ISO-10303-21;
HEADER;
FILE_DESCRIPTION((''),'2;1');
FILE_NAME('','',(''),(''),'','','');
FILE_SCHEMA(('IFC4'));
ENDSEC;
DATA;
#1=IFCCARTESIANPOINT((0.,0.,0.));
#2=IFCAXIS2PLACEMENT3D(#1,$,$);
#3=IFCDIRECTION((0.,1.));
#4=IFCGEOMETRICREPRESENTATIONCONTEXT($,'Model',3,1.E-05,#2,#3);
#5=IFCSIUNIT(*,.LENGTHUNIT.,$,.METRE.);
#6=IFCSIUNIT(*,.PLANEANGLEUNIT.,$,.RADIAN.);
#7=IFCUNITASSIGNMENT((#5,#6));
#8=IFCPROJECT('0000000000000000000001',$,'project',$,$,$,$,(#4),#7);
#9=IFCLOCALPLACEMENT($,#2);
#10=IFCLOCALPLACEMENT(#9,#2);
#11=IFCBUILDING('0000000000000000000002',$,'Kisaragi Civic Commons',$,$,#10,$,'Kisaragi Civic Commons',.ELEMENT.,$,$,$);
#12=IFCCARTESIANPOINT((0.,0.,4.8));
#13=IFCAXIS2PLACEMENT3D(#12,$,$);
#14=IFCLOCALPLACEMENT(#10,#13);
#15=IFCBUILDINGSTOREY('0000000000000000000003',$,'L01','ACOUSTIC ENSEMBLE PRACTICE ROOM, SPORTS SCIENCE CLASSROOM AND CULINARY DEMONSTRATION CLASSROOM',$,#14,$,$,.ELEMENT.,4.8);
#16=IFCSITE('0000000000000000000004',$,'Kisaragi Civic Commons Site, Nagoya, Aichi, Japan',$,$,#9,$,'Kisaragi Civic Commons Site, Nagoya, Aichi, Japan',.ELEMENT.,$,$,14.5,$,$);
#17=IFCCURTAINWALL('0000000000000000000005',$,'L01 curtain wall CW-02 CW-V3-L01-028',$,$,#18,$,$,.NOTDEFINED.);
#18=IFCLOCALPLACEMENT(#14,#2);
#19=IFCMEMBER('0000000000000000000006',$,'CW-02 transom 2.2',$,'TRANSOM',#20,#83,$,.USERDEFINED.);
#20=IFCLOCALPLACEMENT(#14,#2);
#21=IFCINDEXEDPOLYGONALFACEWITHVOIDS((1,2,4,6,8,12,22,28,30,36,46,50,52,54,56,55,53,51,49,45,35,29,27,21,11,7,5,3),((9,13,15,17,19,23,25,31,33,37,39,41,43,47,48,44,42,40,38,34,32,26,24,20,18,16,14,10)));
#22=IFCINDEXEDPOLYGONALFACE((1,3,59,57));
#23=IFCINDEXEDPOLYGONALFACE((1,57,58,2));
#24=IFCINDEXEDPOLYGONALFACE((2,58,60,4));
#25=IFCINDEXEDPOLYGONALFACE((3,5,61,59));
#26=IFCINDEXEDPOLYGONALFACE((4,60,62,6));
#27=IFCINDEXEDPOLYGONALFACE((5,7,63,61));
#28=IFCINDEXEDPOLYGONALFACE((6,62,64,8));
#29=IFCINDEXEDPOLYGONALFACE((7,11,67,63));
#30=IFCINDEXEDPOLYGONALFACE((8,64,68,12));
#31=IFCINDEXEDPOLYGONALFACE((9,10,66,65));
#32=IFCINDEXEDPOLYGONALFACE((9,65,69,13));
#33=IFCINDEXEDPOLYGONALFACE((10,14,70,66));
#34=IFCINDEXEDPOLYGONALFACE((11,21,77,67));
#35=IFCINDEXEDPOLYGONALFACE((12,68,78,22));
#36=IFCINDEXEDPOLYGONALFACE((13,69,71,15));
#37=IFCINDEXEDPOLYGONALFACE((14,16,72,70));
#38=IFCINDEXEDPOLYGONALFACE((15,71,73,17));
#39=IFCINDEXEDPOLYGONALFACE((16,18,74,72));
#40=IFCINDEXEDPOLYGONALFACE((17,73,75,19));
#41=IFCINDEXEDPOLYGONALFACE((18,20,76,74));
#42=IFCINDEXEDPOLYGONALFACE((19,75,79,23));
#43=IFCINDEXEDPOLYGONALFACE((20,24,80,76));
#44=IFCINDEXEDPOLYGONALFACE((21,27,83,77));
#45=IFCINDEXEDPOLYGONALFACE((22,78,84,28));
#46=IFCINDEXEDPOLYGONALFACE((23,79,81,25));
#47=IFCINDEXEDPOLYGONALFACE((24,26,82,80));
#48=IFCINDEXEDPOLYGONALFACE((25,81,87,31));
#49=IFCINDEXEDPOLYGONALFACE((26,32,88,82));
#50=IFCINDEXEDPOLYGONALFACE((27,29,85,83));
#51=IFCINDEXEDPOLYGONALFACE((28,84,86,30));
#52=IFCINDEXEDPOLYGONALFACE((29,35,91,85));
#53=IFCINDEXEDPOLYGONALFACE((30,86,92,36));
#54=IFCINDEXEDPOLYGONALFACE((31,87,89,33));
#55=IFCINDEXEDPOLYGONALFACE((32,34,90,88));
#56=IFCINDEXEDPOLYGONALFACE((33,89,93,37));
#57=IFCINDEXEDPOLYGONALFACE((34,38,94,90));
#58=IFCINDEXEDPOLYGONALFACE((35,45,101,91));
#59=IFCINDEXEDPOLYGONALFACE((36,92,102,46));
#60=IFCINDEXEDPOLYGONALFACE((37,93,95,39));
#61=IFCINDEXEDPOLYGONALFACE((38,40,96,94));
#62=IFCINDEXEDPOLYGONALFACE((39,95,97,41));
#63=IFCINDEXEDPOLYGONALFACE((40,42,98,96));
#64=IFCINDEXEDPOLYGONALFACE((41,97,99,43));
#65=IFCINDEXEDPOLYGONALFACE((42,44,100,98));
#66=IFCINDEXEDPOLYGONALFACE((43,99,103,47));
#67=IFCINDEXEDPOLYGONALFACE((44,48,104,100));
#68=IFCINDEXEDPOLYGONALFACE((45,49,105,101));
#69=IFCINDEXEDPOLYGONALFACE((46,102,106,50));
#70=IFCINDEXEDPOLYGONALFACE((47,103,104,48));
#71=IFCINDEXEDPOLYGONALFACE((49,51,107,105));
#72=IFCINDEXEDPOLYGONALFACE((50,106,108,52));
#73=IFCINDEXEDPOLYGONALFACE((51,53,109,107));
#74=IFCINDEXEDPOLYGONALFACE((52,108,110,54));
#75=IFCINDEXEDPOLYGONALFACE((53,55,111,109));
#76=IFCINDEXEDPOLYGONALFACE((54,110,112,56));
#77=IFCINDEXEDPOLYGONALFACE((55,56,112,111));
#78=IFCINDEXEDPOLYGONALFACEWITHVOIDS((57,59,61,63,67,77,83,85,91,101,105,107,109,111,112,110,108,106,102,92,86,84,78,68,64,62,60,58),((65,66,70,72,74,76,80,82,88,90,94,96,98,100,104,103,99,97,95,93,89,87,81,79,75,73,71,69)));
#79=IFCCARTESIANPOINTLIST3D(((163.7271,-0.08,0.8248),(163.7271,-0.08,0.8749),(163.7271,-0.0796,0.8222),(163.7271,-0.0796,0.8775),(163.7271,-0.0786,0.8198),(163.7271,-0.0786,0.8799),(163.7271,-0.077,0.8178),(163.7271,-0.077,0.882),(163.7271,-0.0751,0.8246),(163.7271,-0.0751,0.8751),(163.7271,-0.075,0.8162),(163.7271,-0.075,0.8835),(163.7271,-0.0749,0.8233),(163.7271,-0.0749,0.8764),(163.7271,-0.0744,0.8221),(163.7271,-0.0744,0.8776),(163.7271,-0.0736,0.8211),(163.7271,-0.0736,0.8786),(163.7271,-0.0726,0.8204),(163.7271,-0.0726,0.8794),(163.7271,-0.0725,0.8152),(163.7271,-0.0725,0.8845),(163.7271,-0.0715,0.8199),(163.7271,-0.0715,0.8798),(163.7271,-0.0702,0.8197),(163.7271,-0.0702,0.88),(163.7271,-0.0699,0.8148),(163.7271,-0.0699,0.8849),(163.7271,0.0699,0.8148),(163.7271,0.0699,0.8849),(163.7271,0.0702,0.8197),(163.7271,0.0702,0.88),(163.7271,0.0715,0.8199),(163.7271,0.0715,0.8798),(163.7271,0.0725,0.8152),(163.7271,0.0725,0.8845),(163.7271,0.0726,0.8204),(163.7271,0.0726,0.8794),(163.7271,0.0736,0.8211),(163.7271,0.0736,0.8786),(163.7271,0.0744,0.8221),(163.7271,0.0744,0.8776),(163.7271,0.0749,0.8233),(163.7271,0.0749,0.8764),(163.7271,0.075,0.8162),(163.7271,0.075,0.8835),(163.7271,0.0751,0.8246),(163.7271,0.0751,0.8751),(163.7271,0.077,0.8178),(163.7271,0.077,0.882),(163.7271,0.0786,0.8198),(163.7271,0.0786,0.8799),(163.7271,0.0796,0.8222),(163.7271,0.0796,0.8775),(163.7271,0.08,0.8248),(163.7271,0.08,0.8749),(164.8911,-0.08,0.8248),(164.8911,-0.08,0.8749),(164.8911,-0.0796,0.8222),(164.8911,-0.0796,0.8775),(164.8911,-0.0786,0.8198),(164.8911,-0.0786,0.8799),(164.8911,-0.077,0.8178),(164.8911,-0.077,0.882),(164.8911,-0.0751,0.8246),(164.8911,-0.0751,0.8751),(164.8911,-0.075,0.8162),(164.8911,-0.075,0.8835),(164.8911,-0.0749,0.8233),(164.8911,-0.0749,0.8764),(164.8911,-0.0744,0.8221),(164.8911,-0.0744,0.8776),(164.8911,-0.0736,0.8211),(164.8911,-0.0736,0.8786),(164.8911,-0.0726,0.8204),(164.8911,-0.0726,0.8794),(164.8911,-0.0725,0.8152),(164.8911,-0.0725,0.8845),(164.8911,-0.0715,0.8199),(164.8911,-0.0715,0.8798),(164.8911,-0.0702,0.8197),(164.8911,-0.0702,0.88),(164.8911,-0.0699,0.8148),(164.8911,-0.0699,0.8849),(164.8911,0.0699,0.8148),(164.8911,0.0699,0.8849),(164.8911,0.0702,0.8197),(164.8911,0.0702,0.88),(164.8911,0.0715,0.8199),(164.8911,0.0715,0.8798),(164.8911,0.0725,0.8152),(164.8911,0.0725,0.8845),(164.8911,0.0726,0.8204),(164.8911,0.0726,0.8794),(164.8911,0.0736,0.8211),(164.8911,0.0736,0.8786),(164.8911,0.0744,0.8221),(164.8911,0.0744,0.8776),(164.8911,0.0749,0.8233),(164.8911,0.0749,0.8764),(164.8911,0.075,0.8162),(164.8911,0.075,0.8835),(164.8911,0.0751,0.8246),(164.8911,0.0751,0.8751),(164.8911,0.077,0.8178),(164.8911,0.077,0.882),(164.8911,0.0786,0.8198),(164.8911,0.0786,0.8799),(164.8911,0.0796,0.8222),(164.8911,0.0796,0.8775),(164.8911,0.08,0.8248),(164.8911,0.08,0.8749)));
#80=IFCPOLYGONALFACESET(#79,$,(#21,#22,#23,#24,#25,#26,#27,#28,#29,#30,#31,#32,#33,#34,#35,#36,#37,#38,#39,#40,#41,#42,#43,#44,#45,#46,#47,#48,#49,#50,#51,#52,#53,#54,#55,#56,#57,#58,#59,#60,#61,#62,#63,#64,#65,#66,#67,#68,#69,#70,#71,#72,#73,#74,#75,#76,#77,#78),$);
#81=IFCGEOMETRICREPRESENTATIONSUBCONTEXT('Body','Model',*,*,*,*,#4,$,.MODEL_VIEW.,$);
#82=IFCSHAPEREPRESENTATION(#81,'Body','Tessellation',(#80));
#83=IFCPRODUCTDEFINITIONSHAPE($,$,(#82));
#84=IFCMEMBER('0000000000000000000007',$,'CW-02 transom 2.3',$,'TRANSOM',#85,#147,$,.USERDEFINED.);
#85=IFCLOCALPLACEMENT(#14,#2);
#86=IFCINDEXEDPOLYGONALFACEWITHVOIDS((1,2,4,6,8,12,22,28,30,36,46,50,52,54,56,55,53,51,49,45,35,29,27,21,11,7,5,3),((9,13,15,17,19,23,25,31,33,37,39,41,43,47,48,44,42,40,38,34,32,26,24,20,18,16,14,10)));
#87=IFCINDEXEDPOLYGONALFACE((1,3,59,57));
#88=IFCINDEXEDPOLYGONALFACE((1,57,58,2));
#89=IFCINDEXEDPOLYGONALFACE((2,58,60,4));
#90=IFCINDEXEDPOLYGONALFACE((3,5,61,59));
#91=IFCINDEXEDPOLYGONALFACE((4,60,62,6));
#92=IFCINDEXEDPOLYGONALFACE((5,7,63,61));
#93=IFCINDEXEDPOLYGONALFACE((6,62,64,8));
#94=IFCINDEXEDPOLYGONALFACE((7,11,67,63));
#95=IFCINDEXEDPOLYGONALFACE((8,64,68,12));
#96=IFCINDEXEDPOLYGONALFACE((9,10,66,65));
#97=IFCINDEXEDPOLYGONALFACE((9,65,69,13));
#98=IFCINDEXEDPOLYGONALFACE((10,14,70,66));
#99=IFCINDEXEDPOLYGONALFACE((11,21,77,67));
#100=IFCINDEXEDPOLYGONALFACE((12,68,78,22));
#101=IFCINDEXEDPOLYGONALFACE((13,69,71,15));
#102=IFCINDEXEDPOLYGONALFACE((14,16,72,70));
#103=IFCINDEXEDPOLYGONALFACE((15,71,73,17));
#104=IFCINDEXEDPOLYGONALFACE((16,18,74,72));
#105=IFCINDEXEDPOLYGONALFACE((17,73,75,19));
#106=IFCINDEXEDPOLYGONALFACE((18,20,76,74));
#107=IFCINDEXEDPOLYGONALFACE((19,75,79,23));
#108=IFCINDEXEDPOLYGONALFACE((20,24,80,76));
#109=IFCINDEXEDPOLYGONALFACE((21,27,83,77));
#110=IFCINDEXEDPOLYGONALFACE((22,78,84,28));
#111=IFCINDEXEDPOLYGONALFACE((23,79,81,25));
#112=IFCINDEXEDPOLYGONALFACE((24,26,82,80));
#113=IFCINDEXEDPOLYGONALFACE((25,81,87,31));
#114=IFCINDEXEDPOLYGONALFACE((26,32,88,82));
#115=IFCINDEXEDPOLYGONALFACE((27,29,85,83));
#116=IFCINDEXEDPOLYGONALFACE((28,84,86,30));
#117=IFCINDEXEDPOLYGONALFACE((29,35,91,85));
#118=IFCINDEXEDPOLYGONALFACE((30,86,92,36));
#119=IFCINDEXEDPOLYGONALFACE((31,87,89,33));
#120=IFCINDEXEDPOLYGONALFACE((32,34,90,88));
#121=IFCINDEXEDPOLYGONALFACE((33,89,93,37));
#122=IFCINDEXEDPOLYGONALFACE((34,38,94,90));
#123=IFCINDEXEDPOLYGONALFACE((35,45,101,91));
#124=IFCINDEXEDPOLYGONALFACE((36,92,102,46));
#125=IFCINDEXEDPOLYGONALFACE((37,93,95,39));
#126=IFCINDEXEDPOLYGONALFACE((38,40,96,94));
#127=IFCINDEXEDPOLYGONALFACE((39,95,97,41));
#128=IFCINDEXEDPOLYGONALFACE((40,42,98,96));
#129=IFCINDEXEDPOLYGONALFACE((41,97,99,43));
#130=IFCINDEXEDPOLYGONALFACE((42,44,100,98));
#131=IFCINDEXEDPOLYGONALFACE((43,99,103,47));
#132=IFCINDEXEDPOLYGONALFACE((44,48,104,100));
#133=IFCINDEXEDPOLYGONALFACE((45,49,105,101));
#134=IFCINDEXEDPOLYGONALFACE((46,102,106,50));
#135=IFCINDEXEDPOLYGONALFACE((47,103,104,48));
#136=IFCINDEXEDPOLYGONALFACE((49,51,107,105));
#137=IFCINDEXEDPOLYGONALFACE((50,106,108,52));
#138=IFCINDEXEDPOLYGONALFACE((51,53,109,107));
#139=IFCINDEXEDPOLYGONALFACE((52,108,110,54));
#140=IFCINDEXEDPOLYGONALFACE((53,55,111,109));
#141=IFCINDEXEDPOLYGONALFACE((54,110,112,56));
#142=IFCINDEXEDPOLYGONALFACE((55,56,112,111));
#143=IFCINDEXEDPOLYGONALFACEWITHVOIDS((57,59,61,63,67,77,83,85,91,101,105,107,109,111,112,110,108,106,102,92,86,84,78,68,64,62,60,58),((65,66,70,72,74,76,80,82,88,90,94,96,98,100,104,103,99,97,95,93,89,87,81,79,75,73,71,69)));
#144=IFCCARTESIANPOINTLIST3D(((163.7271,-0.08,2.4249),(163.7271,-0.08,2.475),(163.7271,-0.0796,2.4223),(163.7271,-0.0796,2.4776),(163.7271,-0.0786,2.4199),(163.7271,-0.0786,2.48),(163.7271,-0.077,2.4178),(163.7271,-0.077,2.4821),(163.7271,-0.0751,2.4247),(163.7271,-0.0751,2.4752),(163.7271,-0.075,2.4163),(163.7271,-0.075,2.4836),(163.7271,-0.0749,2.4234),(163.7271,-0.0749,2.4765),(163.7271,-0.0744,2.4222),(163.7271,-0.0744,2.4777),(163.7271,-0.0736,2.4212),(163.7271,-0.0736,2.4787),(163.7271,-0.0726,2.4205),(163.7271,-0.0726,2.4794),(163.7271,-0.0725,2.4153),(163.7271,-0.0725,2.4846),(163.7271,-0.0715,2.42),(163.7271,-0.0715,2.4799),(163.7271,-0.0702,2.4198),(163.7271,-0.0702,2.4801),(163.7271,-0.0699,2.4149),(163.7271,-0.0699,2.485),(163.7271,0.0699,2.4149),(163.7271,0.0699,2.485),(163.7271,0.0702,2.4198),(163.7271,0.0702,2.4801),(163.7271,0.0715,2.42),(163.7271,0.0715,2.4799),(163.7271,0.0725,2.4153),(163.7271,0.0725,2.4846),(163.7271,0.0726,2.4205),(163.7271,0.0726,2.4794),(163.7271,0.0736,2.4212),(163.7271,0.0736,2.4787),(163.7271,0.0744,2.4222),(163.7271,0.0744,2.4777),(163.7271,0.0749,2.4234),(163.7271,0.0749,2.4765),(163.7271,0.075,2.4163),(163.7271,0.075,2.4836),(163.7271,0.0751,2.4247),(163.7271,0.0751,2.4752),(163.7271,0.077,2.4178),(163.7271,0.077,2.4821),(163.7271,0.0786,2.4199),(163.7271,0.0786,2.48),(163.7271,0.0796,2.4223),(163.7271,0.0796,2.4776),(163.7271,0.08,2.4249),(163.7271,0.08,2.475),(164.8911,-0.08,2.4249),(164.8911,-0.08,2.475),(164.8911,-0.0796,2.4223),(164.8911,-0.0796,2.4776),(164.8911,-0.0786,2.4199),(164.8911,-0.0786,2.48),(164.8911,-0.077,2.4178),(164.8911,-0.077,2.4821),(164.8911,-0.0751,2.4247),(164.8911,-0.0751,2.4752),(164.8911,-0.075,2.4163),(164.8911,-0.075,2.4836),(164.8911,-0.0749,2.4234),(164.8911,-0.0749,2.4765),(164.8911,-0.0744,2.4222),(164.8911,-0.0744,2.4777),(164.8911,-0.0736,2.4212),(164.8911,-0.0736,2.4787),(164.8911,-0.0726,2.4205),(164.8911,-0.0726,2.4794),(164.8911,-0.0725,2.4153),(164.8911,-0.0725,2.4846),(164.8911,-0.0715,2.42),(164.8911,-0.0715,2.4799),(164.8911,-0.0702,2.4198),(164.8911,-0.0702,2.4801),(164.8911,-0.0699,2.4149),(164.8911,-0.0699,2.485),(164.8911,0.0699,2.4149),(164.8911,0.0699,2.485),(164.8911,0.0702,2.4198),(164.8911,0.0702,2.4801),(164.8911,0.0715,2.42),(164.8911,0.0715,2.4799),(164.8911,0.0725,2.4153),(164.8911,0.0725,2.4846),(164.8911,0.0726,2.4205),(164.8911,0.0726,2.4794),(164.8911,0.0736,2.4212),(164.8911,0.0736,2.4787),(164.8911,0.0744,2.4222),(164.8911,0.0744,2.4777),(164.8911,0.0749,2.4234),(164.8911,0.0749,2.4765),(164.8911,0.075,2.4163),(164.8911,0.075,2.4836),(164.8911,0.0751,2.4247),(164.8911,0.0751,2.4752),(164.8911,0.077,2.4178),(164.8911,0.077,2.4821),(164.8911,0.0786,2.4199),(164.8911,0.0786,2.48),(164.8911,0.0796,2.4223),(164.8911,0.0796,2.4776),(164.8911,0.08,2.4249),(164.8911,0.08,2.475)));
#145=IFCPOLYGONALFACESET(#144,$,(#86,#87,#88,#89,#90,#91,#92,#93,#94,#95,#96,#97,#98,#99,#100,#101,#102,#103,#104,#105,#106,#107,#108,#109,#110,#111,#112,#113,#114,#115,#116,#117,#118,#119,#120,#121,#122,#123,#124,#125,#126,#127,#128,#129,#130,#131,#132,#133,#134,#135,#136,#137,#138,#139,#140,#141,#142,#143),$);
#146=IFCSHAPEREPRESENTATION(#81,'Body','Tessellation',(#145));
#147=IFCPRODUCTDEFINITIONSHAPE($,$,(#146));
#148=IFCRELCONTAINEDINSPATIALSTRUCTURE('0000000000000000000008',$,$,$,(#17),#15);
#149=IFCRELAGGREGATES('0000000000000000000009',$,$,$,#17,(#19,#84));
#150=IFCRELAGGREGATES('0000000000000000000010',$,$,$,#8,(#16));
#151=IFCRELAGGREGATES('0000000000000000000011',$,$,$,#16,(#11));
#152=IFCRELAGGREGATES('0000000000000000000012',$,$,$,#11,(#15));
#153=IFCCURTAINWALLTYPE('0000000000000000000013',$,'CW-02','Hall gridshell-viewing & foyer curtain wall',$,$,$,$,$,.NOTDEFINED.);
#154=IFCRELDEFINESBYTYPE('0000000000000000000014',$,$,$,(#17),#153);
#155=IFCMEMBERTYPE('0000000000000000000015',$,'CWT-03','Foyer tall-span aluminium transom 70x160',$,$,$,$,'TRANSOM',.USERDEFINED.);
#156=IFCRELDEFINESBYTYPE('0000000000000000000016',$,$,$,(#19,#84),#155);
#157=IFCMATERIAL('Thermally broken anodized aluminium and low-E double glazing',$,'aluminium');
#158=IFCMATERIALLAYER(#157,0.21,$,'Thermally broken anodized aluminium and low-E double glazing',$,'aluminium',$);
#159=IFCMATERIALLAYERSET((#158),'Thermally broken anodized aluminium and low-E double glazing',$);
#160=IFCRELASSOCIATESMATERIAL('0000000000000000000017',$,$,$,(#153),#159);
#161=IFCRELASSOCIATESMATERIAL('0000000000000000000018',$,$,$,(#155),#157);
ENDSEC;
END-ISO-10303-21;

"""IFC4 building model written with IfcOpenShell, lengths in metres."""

from ifc_helpers import new_model, si_unit, direction, frame, origin, origin_2d, place, context, subcontext, project, spatial, hollow_rectangle, extrude, material, layer, layer_set, material_profile, profile_set, type_object, element, aggregate, save


model = new_model("IFC4")

# Units and contexts
model_context = context("Model", 3, precision=1e-05, world=origin(), true_north=direction((0.0, 1.0)))
body_context = subcontext(model_context, "Body", "Model", "MODEL_VIEW")
ifc_project = project(units=[si_unit("LENGTHUNIT", "METRE"), si_unit("PLANEANGLEUNIT", "RADIAN")], contexts=[model_context])

# Site, building, storey
site_placement = place(None, origin())
site = spatial("IfcSite", under=ifc_project, at=site_placement, Name="Kisaragi Civic Commons Site, Nagoya, Aichi, Japan", LongName="Kisaragi Civic Commons Site, Nagoya, Aichi, Japan", CompositionType="ELEMENT", RefElevation=14.5)
building_placement = place(site_placement, origin())
building = spatial("IfcBuilding", under=site, at=building_placement, Name="Kisaragi Civic Commons", LongName="Kisaragi Civic Commons", CompositionType="ELEMENT")
storey_placement = place(building_placement, frame((0.0, 0.0, 4.8)))
storey = spatial("IfcBuildingStorey", under=building, at=storey_placement, Name="L01", Description="ACOUSTIC ENSEMBLE PRACTICE ROOM, SPORTS SCIENCE CLASSROOM AND CULINARY DEMONSTRATION CLASSROOM", CompositionType="ELEMENT", Elevation=4.8)

# Shared definitions
ifc_material_1 = material(Name="Thermally broken anodized aluminium and low-E double glazing", Category="aluminium")
ifc_layer_1 = layer(ifc_material_1, 0.21, Name="Thermally broken anodized aluminium and low-E double glazing", Category="aluminium")
ifc_layer_set_1 = layer_set([ifc_layer_1], Name="Thermally broken anodized aluminium and low-E double glazing")
curtain_wall_type = type_object("IfcCurtainWallType", Name="CW-02", Description="Hall gridshell-viewing & foyer curtain wall", PredefinedType="NOTDEFINED", material=ifc_layer_set_1)

# Curtain wall
curtain_wall_1_placement = place(storey_placement, origin())
curtain_wall_1 = element("IfcCurtainWall", 1, at=curtain_wall_1_placement, inside=storey, type_object=curtain_wall_type, Name="L01 curtain wall CW-02 CW-V3-L01-028", PredefinedType="NOTDEFINED")

# Members
ifc_material_profile_1 = material_profile(ifc_material_1, hollow_rectangle(XDim=0.1599, YDim=0.0701, WallThickness=0.0049, InnerFilletRadius=0.0049, OuterFilletRadius=0.01, at=origin_2d()), Name="CWT-70x160x5", Category="aluminium")
ifc_profile_set_1 = profile_set([ifc_material_profile_1], Name="Thermally broken anodized aluminium and low-E double glazing")
member_type_1 = type_object("IfcMemberType", Name="CWT-03", Description="Foyer tall-span aluminium transom 70x160", ElementType="TRANSOM", PredefinedType="USERDEFINED", material=ifc_profile_set_1)
member_1_placement = place(storey_placement, frame((164.8911, 0.0, 0.8499), z_axis=(-1.0, 0.0, 0.0), x_axis=(0.0, -1.0, 0.0)))
member_1 = element("IfcMember", 2, at=member_1_placement, type_object=member_type_1, Name="CW-02 transom 2.2", ObjectType="TRANSOM", PredefinedType="USERDEFINED", context=body_context, shape_type="SweptSolid", body=[
    extrude(hollow_rectangle(XDim=0.1599, YDim=0.0701, WallThickness=0.0049, InnerFilletRadius=0.0049, OuterFilletRadius=0.01, at=origin_2d()), origin(), (0.0, 0.0, 1.0), 1.1641),
])
member_2_placement = place(storey_placement, frame((164.8911, 0.0, 2.45), z_axis=(-1.0, 0.0, 0.0), x_axis=(0.0, -1.0, 0.0)))
member_2 = element("IfcMember", 3, at=member_2_placement, type_object=member_type_1, Name="CW-02 transom 2.3", ObjectType="TRANSOM", PredefinedType="USERDEFINED", context=body_context, shape_type="SweptSolid", body=[
    extrude(hollow_rectangle(XDim=0.1599, YDim=0.0701, WallThickness=0.0049, InnerFilletRadius=0.0049, OuterFilletRadius=0.01, at=origin_2d()), origin(), (0.0, 0.0, 1.0), 1.1641),
])

aggregate(curtain_wall_1, [member_1, member_2])

save(model, "model.ifc")
